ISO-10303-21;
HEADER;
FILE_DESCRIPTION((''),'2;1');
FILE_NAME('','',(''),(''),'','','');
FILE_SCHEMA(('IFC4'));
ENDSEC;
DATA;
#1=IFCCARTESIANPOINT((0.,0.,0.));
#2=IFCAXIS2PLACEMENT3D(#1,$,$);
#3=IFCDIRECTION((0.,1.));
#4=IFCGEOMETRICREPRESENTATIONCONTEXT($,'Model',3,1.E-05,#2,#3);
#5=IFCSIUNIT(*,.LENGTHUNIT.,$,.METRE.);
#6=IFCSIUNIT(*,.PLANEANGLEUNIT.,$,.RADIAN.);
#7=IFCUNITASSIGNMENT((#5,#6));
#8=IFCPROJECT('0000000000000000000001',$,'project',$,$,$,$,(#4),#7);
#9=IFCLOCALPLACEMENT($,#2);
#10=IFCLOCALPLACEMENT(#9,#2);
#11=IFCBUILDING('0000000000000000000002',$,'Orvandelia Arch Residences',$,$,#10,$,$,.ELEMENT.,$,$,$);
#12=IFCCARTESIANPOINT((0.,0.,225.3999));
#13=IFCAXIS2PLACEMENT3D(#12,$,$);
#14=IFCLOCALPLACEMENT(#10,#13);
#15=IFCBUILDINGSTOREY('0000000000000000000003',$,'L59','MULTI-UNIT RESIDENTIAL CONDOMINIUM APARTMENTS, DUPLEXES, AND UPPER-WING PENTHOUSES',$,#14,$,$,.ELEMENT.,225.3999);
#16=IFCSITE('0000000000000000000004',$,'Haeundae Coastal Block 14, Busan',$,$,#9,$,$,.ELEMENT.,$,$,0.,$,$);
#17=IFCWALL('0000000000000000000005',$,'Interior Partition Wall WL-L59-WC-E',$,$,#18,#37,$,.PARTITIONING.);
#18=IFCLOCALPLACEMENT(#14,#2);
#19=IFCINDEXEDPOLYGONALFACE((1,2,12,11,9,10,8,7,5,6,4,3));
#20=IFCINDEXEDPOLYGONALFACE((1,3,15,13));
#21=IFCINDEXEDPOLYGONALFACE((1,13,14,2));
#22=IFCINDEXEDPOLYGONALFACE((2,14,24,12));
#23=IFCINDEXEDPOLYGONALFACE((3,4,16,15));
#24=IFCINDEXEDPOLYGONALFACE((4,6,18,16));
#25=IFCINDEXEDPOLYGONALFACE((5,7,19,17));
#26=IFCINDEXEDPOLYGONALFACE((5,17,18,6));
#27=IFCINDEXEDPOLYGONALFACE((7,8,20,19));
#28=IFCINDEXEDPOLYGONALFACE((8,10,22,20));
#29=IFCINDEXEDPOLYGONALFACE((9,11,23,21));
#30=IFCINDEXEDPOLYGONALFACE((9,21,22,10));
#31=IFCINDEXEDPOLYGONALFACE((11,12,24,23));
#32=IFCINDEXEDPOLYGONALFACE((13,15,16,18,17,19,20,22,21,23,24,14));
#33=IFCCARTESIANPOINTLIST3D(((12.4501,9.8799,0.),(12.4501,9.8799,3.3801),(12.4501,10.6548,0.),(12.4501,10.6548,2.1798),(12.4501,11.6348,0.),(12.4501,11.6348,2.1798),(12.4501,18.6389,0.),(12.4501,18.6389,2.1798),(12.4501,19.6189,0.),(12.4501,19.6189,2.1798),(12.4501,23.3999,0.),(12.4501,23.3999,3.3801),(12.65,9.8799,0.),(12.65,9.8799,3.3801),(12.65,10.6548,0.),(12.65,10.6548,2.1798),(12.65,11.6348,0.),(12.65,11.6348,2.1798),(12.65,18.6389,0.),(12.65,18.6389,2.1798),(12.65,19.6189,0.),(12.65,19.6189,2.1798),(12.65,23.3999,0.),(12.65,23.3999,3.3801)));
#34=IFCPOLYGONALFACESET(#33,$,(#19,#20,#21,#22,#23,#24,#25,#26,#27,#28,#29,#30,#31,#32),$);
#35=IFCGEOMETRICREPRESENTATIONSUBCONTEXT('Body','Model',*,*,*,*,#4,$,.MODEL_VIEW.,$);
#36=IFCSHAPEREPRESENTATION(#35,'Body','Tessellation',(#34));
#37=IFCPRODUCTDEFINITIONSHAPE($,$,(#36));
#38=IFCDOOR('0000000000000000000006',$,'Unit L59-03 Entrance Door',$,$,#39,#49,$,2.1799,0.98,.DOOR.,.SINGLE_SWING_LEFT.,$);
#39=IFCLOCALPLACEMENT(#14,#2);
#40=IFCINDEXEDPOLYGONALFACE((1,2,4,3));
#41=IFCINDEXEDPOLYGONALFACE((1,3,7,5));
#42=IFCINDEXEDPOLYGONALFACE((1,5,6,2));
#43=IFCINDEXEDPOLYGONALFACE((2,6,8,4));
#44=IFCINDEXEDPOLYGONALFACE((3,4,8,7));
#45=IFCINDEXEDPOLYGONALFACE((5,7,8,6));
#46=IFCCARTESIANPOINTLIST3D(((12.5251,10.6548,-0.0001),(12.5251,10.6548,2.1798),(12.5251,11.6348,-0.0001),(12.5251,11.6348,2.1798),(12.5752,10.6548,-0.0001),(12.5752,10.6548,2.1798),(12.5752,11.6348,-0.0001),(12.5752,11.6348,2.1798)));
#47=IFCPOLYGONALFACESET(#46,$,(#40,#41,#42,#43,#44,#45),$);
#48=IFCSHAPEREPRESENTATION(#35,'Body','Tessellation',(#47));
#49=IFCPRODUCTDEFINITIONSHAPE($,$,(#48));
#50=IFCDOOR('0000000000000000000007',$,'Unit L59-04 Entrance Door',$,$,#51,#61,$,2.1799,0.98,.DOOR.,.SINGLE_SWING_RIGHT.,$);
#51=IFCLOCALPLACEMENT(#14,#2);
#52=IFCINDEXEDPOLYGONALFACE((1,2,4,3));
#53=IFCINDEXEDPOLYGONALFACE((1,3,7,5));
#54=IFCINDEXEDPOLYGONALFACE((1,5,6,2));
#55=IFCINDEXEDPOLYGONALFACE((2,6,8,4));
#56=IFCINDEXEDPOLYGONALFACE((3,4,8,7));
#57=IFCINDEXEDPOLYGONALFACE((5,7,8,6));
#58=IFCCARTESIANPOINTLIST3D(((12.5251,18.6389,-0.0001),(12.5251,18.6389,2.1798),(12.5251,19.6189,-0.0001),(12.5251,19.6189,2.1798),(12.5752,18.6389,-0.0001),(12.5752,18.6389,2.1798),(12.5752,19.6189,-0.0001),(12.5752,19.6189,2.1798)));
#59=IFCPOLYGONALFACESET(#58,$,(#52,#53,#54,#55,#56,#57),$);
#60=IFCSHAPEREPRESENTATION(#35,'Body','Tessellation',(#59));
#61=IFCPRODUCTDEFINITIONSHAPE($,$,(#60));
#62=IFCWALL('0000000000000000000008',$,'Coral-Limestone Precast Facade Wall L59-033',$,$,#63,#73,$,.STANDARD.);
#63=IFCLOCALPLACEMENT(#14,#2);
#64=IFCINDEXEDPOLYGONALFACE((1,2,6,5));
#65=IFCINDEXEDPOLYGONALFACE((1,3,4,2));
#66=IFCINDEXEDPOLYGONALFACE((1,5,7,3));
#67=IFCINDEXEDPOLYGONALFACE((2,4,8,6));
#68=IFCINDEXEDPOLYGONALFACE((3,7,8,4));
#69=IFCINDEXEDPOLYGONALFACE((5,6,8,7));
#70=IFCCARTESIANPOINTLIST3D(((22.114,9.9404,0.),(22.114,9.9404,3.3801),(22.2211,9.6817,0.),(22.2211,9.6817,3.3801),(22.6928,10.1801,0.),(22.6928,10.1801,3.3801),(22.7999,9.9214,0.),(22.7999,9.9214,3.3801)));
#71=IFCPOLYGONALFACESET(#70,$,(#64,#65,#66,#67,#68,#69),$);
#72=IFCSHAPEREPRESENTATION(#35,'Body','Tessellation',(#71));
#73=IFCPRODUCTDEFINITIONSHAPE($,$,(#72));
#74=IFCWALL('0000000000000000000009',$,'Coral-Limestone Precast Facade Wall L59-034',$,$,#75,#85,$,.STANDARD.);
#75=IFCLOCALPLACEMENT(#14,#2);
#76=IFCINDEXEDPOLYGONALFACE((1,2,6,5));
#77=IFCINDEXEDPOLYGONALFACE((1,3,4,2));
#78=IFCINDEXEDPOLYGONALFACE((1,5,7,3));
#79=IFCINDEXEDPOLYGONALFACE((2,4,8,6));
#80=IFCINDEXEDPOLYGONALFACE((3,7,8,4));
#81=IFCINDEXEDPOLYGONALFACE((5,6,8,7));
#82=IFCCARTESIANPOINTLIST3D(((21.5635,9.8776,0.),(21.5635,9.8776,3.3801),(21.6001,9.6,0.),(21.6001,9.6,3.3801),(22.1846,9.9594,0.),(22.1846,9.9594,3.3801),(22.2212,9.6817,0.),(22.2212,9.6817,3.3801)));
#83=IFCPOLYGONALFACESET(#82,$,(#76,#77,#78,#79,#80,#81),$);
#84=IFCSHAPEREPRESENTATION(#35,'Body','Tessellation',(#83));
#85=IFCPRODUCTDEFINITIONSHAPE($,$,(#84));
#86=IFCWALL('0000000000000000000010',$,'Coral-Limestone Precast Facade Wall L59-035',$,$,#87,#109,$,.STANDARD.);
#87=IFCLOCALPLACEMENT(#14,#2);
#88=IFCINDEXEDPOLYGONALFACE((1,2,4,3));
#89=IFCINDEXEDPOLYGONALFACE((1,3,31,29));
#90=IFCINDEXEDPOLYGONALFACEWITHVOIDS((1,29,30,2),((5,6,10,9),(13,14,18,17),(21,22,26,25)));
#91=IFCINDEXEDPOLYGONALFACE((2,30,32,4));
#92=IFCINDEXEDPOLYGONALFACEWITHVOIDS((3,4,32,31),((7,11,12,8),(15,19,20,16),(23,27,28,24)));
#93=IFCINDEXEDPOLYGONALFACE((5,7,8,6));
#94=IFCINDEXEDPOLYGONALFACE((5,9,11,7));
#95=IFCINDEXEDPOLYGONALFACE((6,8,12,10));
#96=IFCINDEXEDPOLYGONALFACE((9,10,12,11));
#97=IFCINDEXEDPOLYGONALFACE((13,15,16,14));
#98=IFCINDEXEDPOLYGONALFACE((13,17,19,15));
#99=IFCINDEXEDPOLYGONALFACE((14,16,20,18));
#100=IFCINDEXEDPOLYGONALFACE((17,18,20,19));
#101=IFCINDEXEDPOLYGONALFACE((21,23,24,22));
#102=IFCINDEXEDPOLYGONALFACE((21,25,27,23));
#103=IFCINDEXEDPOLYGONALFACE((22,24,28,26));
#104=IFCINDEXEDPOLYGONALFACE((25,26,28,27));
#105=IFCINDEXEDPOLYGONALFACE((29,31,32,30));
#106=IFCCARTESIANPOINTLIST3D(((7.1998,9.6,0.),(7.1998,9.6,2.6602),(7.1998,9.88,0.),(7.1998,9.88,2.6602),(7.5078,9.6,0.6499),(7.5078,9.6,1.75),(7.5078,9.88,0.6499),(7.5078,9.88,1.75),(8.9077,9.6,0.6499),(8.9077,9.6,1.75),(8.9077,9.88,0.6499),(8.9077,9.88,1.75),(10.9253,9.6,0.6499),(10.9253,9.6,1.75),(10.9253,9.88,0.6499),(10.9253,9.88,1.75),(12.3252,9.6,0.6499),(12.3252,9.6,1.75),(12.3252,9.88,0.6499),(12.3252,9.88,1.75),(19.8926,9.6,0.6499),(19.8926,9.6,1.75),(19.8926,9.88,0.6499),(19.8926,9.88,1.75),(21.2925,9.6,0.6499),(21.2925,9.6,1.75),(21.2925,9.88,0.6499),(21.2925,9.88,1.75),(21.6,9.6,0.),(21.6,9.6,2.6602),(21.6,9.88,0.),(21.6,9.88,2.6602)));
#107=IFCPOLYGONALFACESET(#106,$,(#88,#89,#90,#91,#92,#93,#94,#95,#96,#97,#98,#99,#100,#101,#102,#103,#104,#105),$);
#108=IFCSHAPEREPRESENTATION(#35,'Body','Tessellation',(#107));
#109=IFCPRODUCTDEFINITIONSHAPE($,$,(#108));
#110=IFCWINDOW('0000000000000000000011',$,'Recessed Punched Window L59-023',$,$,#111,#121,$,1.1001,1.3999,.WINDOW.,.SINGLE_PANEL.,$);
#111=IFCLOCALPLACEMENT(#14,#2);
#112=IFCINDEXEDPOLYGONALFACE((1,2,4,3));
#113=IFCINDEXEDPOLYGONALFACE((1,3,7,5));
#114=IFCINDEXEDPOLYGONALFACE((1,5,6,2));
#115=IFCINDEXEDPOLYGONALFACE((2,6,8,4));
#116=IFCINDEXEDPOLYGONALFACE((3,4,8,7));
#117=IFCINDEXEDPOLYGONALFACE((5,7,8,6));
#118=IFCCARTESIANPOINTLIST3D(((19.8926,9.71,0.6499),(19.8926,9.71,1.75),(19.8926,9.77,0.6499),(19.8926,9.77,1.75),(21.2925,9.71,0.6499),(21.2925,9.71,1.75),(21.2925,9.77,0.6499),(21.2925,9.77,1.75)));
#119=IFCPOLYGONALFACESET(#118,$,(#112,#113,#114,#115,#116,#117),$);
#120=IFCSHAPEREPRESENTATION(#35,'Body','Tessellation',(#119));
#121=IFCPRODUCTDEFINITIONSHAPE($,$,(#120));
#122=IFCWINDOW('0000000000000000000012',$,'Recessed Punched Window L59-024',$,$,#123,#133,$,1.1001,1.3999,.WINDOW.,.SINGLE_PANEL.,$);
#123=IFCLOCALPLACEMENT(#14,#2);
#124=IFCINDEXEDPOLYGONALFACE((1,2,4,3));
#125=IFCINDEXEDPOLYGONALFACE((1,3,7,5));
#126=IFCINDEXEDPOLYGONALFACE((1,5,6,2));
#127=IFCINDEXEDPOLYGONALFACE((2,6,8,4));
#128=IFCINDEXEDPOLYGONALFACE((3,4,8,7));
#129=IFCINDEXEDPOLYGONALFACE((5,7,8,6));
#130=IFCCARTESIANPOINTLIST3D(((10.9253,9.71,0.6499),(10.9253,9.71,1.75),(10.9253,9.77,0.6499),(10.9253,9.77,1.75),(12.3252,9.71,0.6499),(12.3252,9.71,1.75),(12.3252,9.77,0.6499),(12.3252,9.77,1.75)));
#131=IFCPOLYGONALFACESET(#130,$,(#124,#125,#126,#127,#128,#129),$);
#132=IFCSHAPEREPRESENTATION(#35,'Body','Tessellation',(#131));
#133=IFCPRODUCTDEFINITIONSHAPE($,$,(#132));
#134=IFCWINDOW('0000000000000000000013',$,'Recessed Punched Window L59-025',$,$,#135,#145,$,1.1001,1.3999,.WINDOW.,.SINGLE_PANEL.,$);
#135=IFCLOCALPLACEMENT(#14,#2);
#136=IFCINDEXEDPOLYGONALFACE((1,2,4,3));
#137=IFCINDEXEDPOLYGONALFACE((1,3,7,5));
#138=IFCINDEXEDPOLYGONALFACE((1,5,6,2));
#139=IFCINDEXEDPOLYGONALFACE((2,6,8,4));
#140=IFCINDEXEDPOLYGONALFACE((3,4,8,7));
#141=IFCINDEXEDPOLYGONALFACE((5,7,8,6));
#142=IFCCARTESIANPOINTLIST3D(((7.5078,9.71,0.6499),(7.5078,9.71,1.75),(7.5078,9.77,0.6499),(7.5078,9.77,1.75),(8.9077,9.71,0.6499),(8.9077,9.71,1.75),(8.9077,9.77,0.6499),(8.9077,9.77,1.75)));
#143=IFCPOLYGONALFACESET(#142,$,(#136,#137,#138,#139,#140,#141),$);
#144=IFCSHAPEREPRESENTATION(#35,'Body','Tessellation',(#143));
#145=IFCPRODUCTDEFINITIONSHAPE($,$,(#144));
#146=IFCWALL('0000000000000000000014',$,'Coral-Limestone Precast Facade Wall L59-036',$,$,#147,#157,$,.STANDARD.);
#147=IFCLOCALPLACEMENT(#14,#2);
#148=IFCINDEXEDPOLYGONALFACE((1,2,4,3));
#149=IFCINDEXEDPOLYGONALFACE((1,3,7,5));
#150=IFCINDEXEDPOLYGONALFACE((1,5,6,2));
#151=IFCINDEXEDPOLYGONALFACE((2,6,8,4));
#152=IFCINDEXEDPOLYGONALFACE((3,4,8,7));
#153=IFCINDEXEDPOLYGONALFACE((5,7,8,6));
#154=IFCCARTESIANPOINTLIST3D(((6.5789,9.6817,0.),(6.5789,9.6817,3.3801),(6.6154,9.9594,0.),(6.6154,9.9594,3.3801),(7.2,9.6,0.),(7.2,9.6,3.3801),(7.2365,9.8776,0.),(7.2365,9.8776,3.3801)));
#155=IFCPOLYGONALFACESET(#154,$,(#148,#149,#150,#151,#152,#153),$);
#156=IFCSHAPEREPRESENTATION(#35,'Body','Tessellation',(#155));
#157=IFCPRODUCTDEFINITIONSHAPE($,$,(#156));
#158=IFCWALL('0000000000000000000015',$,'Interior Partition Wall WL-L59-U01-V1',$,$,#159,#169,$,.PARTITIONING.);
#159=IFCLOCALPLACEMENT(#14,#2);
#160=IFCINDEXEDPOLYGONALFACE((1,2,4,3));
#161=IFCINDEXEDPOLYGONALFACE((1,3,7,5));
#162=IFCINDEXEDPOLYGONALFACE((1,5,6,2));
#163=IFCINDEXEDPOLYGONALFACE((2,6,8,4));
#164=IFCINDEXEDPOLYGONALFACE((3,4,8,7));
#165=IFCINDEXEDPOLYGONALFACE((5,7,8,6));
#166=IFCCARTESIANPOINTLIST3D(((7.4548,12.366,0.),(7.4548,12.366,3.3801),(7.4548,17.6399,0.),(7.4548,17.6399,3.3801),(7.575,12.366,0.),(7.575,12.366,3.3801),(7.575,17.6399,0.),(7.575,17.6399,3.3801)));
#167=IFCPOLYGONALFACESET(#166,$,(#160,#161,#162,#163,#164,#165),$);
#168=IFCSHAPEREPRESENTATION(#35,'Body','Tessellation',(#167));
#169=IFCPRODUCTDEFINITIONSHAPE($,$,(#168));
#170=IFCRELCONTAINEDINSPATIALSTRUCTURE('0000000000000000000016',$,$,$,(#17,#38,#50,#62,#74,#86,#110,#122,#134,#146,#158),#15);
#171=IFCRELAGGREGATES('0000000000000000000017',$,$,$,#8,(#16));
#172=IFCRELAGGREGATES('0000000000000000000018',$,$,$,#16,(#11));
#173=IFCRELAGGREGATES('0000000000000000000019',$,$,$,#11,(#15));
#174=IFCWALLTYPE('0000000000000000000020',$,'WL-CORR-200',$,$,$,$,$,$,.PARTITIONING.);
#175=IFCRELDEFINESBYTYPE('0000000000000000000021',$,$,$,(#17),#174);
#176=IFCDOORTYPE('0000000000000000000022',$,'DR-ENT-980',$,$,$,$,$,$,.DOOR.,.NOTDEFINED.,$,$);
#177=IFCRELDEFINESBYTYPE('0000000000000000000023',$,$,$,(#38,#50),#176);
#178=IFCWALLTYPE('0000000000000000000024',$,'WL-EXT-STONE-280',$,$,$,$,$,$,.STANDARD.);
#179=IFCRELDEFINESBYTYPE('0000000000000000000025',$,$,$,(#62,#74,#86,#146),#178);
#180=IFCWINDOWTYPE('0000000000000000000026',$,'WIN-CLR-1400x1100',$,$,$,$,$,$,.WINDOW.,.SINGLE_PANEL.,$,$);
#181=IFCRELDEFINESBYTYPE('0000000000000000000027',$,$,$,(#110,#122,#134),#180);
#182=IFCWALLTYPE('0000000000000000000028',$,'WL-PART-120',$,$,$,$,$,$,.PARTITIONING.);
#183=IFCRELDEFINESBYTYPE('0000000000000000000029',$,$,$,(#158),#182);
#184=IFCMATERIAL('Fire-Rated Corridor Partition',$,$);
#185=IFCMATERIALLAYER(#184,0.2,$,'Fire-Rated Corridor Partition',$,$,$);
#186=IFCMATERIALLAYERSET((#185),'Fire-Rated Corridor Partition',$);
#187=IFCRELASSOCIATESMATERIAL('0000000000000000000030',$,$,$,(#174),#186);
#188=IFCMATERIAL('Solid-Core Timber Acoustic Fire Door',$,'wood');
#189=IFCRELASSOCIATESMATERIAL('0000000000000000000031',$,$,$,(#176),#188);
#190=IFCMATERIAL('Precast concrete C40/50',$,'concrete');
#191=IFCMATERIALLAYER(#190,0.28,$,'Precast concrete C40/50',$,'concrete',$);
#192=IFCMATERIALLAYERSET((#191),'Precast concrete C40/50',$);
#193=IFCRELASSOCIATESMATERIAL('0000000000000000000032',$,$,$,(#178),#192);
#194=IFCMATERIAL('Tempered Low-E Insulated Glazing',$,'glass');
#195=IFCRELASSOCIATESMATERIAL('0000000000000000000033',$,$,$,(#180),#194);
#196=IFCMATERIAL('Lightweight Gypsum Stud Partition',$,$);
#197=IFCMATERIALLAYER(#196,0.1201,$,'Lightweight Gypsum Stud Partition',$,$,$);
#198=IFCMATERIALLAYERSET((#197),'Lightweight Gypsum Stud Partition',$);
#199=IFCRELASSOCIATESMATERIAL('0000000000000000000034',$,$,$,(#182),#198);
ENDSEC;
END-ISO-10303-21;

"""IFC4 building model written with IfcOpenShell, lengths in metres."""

from ifc_helpers import new_model, si_unit, direction, frame, frame_2d, origin, place, context, subcontext, project, spatial, rectangle, extrude, material, layer, layer_set, type_object, element, fill, save


model = new_model("IFC4")

# Units and contexts
model_context = context("Model", 3, precision=1e-05, world=origin(), true_north=direction((0.0, 1.0)))
body_context = subcontext(model_context, "Body", "Model", "MODEL_VIEW")
ifc_project = project(units=[si_unit("LENGTHUNIT", "METRE"), si_unit("PLANEANGLEUNIT", "RADIAN")], contexts=[model_context])

# Site, building, storey
site_placement = place(None, origin())
site = spatial("IfcSite", under=ifc_project, at=site_placement, Name="Haeundae Coastal Block 14, Busan", CompositionType="ELEMENT", RefElevation=0.0)
building_placement = place(site_placement, origin())
building = spatial("IfcBuilding", under=site, at=building_placement, Name="Orvandelia Arch Residences", CompositionType="ELEMENT")
storey_placement = place(building_placement, frame((0.0, 0.0, 225.3999)))
storey = spatial("IfcBuildingStorey", under=building, at=storey_placement, Name="L59", Description="MULTI-UNIT RESIDENTIAL CONDOMINIUM APARTMENTS, DUPLEXES, AND UPPER-WING PENTHOUSES", CompositionType="ELEMENT", Elevation=225.3999)

# Wall, openings, doors
ifc_material_1 = material(Name="Fire-Rated Corridor Partition")
ifc_layer_1 = layer(ifc_material_1, 0.2, Name="Fire-Rated Corridor Partition")
ifc_layer_set_1 = layer_set([ifc_layer_1], Name="Fire-Rated Corridor Partition")
wall_type_1 = type_object("IfcWallType", Name="WL-CORR-200", PredefinedType="PARTITIONING", material=ifc_layer_set_1)
ifc_material_2 = material(Name="Solid-Core Timber Acoustic Fire Door", Category="wood")
door_type_1 = type_object("IfcDoorType", Name="DR-ENT-980", OperationType="NOTDEFINED", PredefinedType="DOOR", material=ifc_material_2)
wall_1_placement = place(storey_placement, frame((12.55, 9.8799, 0.0), z_axis=(0.0, 0.0, 1.0), x_axis=(0.0, 1.0, 0.0)))
wall_1 = element("IfcWall", 1, at=wall_1_placement, inside=storey, type_object=wall_type_1, Name="Interior Partition Wall WL-L59-WC-E", PredefinedType="PARTITIONING", context=body_context, shape_type="SweptSolid", body=[
    extrude(rectangle(XDim=13.52, YDim=0.2, at=frame_2d((6.76, 0.0))), origin(), (0.0, 0.0, 1.0), 3.3801),
])
opening_1_placement = place(wall_1_placement, frame((0.7749, 0.0, 0.0)))
opening_1 = element("IfcOpeningElement", 2, at=opening_1_placement, cuts=wall_1, PredefinedType="OPENING", context=body_context, shape_type="SweptSolid", body=[
    extrude(rectangle(XDim=0.98, YDim=2.1799, at=frame_2d((0.49, 1.0898))), frame((0.0, 0.1099, 0.0), z_axis=(0.0, -1.0, 0.0), x_axis=(1.0, 0.0, 0.0)), (0.0, 0.0, 1.0), 0.22),
])
opening_2_placement = place(wall_1_placement, frame((8.759, 0.0, 0.0)))
opening_2 = element("IfcOpeningElement", 3, at=opening_2_placement, cuts=wall_1, PredefinedType="OPENING", context=body_context, shape_type="SweptSolid", body=[
    extrude(rectangle(XDim=0.98, YDim=2.1799, at=frame_2d((0.49, 1.0898))), frame((0.0, 0.1099, 0.0), z_axis=(0.0, -1.0, 0.0), x_axis=(1.0, 0.0, 0.0)), (0.0, 0.0, 1.0), 0.22),
])
door_1_placement = place(opening_1_placement, origin())
door_1 = element("IfcDoor", 4, at=door_1_placement, inside=storey, type_object=door_type_1, Name="Unit L59-03 Entrance Door", OperationType="SINGLE_SWING_LEFT", OverallHeight=2.1799, OverallWidth=0.98, PredefinedType="DOOR", context=body_context, shape_type="SweptSolid", body=[
    extrude(rectangle(XDim=0.98, YDim=2.1799, at=frame_2d((0.49, 1.0898))), frame((0.0, 0.0249, 0.0), z_axis=(0.0, -1.0, 0.0), x_axis=(1.0, 0.0, 0.0)), (0.0, 0.0, 1.0), 0.05),
])
fill(opening_1, door_1)
door_2_placement = place(opening_2_placement, origin())
door_2 = element("IfcDoor", 5, at=door_2_placement, inside=storey, type_object=door_type_1, Name="Unit L59-04 Entrance Door", OperationType="SINGLE_SWING_RIGHT", OverallHeight=2.1799, OverallWidth=0.98, PredefinedType="DOOR", context=body_context, shape_type="SweptSolid", body=[
    extrude(rectangle(XDim=0.98, YDim=2.1799, at=frame_2d((0.49, 1.0898))), frame((0.0, 0.0249, 0.0), z_axis=(0.0, -1.0, 0.0), x_axis=(1.0, 0.0, 0.0)), (0.0, 0.0, 1.0), 0.05),
])
fill(opening_2, door_2)

# Walls
ifc_material_3 = material(Name="Precast concrete C40/50", Category="concrete")
ifc_layer_2 = layer(ifc_material_3, 0.28, Name="Precast concrete C40/50", Category="concrete")
ifc_layer_set_2 = layer_set([ifc_layer_2], Name="Precast concrete C40/50")
wall_type_2 = type_object("IfcWallType", Name="WL-EXT-STONE-280", PredefinedType="STANDARD", material=ifc_layer_set_2)
for number, where, z_axis, x_axis, name in (
    (6, (22.7463, 10.0508, 0.0), (0.0, 0.0, 1.0), (-0.923893, -0.38265, 0.0), "Coral-Limestone Precast Facade Wall L59-033"),
    (7, (22.2029, 9.8206, 0.0), (0.0, 0.0, 1.0), (-0.991441, -0.130555, 0.0), "Coral-Limestone Precast Facade Wall L59-034"),
):
    element("IfcWall", number, at=place(storey_placement, frame(where, z_axis=z_axis, x_axis=x_axis)), inside=storey, type_object=wall_type_2, Name=name, PredefinedType="STANDARD", context=body_context, shape_type="SweptSolid", body=[
        extrude(rectangle(XDim=0.6265, YDim=0.28, at=frame_2d((0.3132, 0.0))), origin(), (0.0, 0.0, 1.0), 3.3801),
    ])

# Wall, openings, windows
wall_2_placement = place(storey_placement, frame((21.6001, 9.74, 0.0), z_axis=(0.0, 0.0, 1.0), x_axis=(-1.0, 0.0, 0.0)))
wall_2 = element("IfcWall", 8, at=wall_2_placement, inside=storey, type_object=wall_type_2, Name="Coral-Limestone Precast Facade Wall L59-035", PredefinedType="STANDARD", context=body_context, shape_type="SweptSolid", body=[
    extrude(rectangle(XDim=14.4001, YDim=0.28, at=frame_2d((7.2002, 0.0))), origin(), (0.0, 0.0, 1.0), 2.6602),
])
opening_3_placement = place(wall_2_placement, frame((0.3076, 0.0, 0.6499)))
opening_3 = element("IfcOpeningElement", 9, at=opening_3_placement, cuts=wall_2, PredefinedType="OPENING", context=body_context, shape_type="SweptSolid", body=[
    extrude(rectangle(XDim=1.3999, YDim=1.1001, at=frame_2d((0.7, 0.55))), frame((0.0, 0.1499, 0.0), z_axis=(0.0, -1.0, 0.0), x_axis=(1.0, 0.0, 0.0)), (0.0, 0.0, 1.0), 0.3),
])
opening_4_placement = place(wall_2_placement, frame((9.2749, 0.0, 0.6499)))
opening_4 = element("IfcOpeningElement", 10, at=opening_4_placement, cuts=wall_2, PredefinedType="OPENING", context=body_context, shape_type="SweptSolid", body=[
    extrude(rectangle(XDim=1.3999, YDim=1.1001, at=frame_2d((0.7, 0.55))), frame((0.0, 0.1499, 0.0), z_axis=(0.0, -1.0, 0.0), x_axis=(1.0, 0.0, 0.0)), (0.0, 0.0, 1.0), 0.3),
])
opening_5_placement = place(wall_2_placement, frame((12.6924, 0.0, 0.6499)))
opening_5 = element("IfcOpeningElement", 11, at=opening_5_placement, cuts=wall_2, PredefinedType="OPENING", context=body_context, shape_type="SweptSolid", body=[
    extrude(rectangle(XDim=1.3999, YDim=1.1001, at=frame_2d((0.7, 0.55))), frame((0.0, 0.1499, 0.0), z_axis=(0.0, -1.0, 0.0), x_axis=(1.0, 0.0, 0.0)), (0.0, 0.0, 1.0), 0.3),
])
ifc_material_4 = material(Name="Tempered Low-E Insulated Glazing", Category="glass")
window_type = type_object("IfcWindowType", Name="WIN-CLR-1400x1100", PartitioningType="SINGLE_PANEL", PredefinedType="WINDOW", material=ifc_material_4)
window_1_placement = place(opening_3_placement, origin())
window_1 = element("IfcWindow", 12, at=window_1_placement, inside=storey, type_object=window_type, Name="Recessed Punched Window L59-023", OverallHeight=1.1001, OverallWidth=1.3999, PartitioningType="SINGLE_PANEL", PredefinedType="WINDOW", context=body_context, shape_type="SweptSolid", body=[
    extrude(rectangle(XDim=1.3999, YDim=1.1001, at=frame_2d((0.7, 0.55))), frame((0.0, 0.03, 0.0), z_axis=(0.0, -1.0, 0.0), x_axis=(1.0, 0.0, 0.0)), (0.0, 0.0, 1.0), 0.0601),
])
fill(opening_3, window_1)
window_2_placement = place(opening_4_placement, origin())
window_2 = element("IfcWindow", 13, at=window_2_placement, inside=storey, type_object=window_type, Name="Recessed Punched Window L59-024", OverallHeight=1.1001, OverallWidth=1.3999, PartitioningType="SINGLE_PANEL", PredefinedType="WINDOW", context=body_context, shape_type="SweptSolid", body=[
    extrude(rectangle(XDim=1.3999, YDim=1.1001, at=frame_2d((0.7, 0.55))), frame((0.0, 0.03, 0.0), z_axis=(0.0, -1.0, 0.0), x_axis=(1.0, 0.0, 0.0)), (0.0, 0.0, 1.0), 0.0601),
])
fill(opening_4, window_2)
window_3_placement = place(opening_5_placement, origin())
window_3 = element("IfcWindow", 14, at=window_3_placement, inside=storey, type_object=window_type, Name="Recessed Punched Window L59-025", OverallHeight=1.1001, OverallWidth=1.3999, PartitioningType="SINGLE_PANEL", PredefinedType="WINDOW", context=body_context, shape_type="SweptSolid", body=[
    extrude(rectangle(XDim=1.3999, YDim=1.1001, at=frame_2d((0.7, 0.55))), frame((0.0, 0.03, 0.0), z_axis=(0.0, -1.0, 0.0), x_axis=(1.0, 0.0, 0.0)), (0.0, 0.0, 1.0), 0.0601),
])
fill(opening_5, window_3)

# Walls
wall_3_placement = place(storey_placement, frame((7.2183, 9.7388, 0.0), z_axis=(0.0, 0.0, 1.0), x_axis=(-0.991441, 0.130555, 0.0)))
element("IfcWall", 15, at=wall_3_placement, inside=storey, type_object=wall_type_2, Name="Coral-Limestone Precast Facade Wall L59-036", PredefinedType="STANDARD", context=body_context, shape_type="SweptSolid", body=[
    extrude(rectangle(XDim=0.6265, YDim=0.28, at=frame_2d((0.3132, 0.0))), origin(), (0.0, 0.0, 1.0), 3.3801),
])
ifc_material_5 = material(Name="Lightweight Gypsum Stud Partition")
ifc_layer_3 = layer(ifc_material_5, 0.1201, Name="Lightweight Gypsum Stud Partition")
ifc_layer_set_3 = layer_set([ifc_layer_3], Name="Lightweight Gypsum Stud Partition")
wall_type_3 = type_object("IfcWallType", Name="WL-PART-120", PredefinedType="PARTITIONING", material=ifc_layer_set_3)
wall_4_placement = place(storey_placement, frame((7.5149, 12.366, 0.0), z_axis=(0.0, 0.0, 1.0), x_axis=(0.0, 1.0, 0.0)))
element("IfcWall", 16, at=wall_4_placement, inside=storey, type_object=wall_type_3, Name="Interior Partition Wall WL-L59-U01-V1", PredefinedType="PARTITIONING", context=body_context, shape_type="SweptSolid", body=[
    extrude(rectangle(XDim=5.2739, YDim=0.1201, at=frame_2d((2.637, 0.0))), origin(), (0.0, 0.0, 1.0), 3.3801),
])

save(model, "model.ifc")
